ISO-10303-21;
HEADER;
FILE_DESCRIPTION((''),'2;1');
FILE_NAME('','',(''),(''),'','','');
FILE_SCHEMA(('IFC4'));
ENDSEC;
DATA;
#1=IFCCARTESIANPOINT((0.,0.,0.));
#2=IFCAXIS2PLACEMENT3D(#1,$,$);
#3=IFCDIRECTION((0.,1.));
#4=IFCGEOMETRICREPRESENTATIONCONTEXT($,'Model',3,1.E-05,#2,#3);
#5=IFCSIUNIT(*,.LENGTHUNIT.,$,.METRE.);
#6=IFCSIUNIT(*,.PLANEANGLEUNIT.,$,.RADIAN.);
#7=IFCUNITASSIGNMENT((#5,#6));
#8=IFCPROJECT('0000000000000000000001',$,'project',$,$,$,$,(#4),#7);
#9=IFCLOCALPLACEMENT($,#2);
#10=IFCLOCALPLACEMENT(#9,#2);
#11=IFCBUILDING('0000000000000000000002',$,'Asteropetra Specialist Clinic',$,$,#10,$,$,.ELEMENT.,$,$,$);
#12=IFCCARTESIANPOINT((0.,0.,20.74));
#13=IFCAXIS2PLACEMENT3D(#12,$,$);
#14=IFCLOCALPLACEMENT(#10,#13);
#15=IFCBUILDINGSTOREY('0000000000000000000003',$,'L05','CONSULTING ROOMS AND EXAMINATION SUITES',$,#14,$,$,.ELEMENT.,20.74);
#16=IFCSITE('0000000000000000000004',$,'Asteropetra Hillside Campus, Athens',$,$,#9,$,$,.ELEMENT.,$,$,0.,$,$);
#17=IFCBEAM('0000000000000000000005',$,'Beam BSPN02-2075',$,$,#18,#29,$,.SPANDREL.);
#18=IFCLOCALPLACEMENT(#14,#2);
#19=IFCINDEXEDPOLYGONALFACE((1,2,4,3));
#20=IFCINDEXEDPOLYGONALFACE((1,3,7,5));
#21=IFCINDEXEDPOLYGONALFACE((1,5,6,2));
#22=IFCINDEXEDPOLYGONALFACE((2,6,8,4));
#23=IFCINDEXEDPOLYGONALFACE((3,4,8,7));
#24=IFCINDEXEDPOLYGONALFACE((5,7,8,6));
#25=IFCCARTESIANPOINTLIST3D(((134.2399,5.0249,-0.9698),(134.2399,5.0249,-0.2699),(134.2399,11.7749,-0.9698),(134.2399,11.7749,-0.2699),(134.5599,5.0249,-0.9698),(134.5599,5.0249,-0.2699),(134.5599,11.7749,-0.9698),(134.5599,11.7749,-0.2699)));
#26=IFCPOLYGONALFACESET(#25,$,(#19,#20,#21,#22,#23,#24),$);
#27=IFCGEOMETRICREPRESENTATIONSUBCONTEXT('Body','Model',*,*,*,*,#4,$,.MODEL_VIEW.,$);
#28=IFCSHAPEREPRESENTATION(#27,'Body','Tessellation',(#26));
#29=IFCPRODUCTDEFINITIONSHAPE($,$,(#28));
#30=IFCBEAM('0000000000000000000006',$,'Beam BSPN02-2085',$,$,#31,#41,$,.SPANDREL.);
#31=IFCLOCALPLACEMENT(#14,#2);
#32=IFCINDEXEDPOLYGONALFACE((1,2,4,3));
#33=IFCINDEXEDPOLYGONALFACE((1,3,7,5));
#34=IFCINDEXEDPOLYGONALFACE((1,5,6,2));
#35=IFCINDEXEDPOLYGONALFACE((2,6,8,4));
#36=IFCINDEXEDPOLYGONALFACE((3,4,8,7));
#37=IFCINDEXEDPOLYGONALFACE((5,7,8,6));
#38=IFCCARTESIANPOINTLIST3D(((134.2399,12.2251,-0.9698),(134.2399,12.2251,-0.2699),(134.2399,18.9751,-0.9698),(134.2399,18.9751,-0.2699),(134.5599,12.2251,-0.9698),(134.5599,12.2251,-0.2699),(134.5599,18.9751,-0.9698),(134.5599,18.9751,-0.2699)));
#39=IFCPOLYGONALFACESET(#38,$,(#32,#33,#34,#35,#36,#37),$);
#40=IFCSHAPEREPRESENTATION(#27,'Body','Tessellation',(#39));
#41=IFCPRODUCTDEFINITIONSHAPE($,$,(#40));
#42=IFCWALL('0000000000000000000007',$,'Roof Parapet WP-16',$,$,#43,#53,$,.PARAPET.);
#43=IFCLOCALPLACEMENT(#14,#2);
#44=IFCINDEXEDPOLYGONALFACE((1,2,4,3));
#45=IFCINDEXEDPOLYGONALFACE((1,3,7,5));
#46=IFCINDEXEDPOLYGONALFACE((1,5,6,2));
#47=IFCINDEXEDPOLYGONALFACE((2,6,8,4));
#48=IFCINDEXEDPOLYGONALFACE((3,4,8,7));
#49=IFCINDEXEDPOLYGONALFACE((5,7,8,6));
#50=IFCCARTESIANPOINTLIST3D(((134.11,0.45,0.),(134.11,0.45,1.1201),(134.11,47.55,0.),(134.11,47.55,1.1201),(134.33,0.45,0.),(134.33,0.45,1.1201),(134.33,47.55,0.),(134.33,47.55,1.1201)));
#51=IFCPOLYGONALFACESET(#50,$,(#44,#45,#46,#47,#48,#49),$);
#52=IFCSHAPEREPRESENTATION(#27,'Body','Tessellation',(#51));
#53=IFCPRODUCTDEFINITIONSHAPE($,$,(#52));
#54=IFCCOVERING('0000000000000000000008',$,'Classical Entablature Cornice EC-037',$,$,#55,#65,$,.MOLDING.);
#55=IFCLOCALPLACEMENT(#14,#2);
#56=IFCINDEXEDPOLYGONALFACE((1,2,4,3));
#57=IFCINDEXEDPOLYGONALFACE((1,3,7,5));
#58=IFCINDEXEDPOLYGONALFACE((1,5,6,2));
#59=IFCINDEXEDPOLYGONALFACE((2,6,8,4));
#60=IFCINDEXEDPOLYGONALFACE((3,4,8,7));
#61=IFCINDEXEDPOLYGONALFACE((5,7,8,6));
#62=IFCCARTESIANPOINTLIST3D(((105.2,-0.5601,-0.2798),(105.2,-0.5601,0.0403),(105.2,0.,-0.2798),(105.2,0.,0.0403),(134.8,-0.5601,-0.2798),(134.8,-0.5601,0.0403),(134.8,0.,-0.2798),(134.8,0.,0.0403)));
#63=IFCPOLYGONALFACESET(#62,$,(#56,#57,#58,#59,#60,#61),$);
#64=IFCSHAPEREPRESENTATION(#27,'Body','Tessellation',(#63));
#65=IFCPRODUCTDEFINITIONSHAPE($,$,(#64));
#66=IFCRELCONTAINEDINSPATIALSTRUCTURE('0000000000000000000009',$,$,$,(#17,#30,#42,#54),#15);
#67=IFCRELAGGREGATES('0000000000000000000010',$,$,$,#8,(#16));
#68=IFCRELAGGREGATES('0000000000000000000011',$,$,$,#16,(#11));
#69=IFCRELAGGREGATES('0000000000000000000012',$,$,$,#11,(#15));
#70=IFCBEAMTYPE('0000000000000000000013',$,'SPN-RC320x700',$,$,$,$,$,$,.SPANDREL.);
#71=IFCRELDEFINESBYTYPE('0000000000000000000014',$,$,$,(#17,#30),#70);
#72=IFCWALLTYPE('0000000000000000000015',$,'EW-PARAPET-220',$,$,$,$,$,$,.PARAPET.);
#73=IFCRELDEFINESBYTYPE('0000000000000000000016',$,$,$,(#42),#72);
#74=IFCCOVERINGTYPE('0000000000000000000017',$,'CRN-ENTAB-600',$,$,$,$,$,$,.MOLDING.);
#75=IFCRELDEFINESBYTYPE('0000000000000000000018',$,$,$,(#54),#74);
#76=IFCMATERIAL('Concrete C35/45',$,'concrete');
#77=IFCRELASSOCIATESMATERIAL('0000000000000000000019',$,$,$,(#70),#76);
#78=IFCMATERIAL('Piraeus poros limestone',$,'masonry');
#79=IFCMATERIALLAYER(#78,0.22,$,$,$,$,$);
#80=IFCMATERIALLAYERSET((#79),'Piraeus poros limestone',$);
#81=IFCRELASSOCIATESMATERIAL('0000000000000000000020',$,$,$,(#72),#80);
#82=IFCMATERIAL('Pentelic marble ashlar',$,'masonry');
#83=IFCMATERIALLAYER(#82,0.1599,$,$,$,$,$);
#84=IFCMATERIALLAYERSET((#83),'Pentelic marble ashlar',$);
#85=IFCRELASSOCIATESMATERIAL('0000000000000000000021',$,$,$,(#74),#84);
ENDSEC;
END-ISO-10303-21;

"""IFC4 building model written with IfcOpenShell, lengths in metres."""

from ifc_helpers import new_model, si_unit, direction, frame, frame_2d, origin, origin_2d, place, context, subcontext, project, spatial, rectangle, extrude, material, layer, layer_set, material_profile, profile_set, type_object, element, save


model = new_model("IFC4")

# Units and contexts
model_context = context("Model", 3, precision=1e-05, world=origin(), true_north=direction((0.0, 1.0)))
body_context = subcontext(model_context, "Body", "Model", "MODEL_VIEW")
ifc_project = project(units=[si_unit("LENGTHUNIT", "METRE"), si_unit("PLANEANGLEUNIT", "RADIAN")], contexts=[model_context])

# Site, building, storey
site_placement = place(None, origin())
site = spatial("IfcSite", under=ifc_project, at=site_placement, Name="Asteropetra Hillside Campus, Athens", CompositionType="ELEMENT", RefElevation=0.0)
building_placement = place(site_placement, origin())
building = spatial("IfcBuilding", under=site, at=building_placement, Name="Asteropetra Specialist Clinic", CompositionType="ELEMENT")
storey_placement = place(building_placement, frame((0.0, 0.0, 20.74)))
storey = spatial("IfcBuildingStorey", under=building, at=storey_placement, Name="L05", Description="CONSULTING ROOMS AND EXAMINATION SUITES", CompositionType="ELEMENT", Elevation=20.74)

# Beams
ifc_material_1 = material(Name="Concrete C35/45", Category="concrete")
ifc_material_profile_1 = material_profile(ifc_material_1, rectangle(XDim=0.3201, YDim=0.7, at=origin_2d()), Name="RCS 320x700")
ifc_profile_set_1 = profile_set([ifc_material_profile_1], Name="Concrete C35/45")
beam_type_1 = type_object("IfcBeamType", Name="SPN-RC320x700", PredefinedType="SPANDREL", material=ifc_profile_set_1)
for number, where, z_axis, x_axis, name in (
    (1, (134.3999, 5.0249, -0.6199), (0.0, 1.0, 0.0), (-1.0, 0.0, 0.0), "Beam BSPN02-2075"),
    (2, (134.3999, 12.2251, -0.6199), (0.0, 1.0, 0.0), (-1.0, 0.0, 0.0), "Beam BSPN02-2085"),
):
    element("IfcBeam", number, at=place(storey_placement, frame(where, z_axis=z_axis, x_axis=x_axis)), inside=storey, type_object=beam_type_1, Name=name, PredefinedType="SPANDREL", context=body_context, shape_type="SweptSolid", body=[
        extrude(rectangle(XDim=0.3201, YDim=0.7, at=origin_2d()), origin(), (0.0, 0.0, 1.0), 6.75),
    ])

# Wall
ifc_material_2 = material(Name="Piraeus poros limestone", Category="masonry")
ifc_layer_1 = layer(ifc_material_2, 0.22)
ifc_layer_set_1 = layer_set([ifc_layer_1], Name="Piraeus poros limestone")
wall_type = type_object("IfcWallType", Name="EW-PARAPET-220", PredefinedType="PARAPET", material=ifc_layer_set_1)
wall_placement = place(storey_placement, frame((134.22, 0.45, 0.0), z_axis=(0.0, 0.0, 1.0), x_axis=(0.0, 1.0, 0.0)))
element("IfcWall", 3, at=wall_placement, inside=storey, type_object=wall_type, Name="Roof Parapet WP-16", PredefinedType="PARAPET", context=body_context, shape_type="SweptSolid", body=[
    extrude(rectangle(XDim=47.1001, YDim=0.22, at=frame_2d((23.55, 0.0))), origin(), (0.0, 0.0, 1.0), 1.1201),
])

# Covering
ifc_material_3 = material(Name="Pentelic marble ashlar", Category="masonry")
ifc_layer_2 = layer(ifc_material_3, 0.1599)
ifc_layer_set_2 = layer_set([ifc_layer_2], Name="Pentelic marble ashlar")
covering_type = type_object("IfcCoveringType", Name="CRN-ENTAB-600", PredefinedType="MOLDING", material=ifc_layer_set_2)
covering_placement = place(storey_placement, frame((120.0, -0.28, -0.2798), z_axis=(0.0, 0.0, 1.0), x_axis=(1.0, 0.0, 0.0)))
element("IfcCovering", 4, at=covering_placement, inside=storey, type_object=covering_type, Name="Classical Entablature Cornice EC-037", PredefinedType="MOLDING", context=body_context, shape_type="SweptSolid", body=[
    extrude(rectangle(XDim=29.6001, YDim=0.5601, at=origin_2d()), origin(), (0.0, 0.0, 1.0), 0.3201),
])

save(model, "model.ifc")
